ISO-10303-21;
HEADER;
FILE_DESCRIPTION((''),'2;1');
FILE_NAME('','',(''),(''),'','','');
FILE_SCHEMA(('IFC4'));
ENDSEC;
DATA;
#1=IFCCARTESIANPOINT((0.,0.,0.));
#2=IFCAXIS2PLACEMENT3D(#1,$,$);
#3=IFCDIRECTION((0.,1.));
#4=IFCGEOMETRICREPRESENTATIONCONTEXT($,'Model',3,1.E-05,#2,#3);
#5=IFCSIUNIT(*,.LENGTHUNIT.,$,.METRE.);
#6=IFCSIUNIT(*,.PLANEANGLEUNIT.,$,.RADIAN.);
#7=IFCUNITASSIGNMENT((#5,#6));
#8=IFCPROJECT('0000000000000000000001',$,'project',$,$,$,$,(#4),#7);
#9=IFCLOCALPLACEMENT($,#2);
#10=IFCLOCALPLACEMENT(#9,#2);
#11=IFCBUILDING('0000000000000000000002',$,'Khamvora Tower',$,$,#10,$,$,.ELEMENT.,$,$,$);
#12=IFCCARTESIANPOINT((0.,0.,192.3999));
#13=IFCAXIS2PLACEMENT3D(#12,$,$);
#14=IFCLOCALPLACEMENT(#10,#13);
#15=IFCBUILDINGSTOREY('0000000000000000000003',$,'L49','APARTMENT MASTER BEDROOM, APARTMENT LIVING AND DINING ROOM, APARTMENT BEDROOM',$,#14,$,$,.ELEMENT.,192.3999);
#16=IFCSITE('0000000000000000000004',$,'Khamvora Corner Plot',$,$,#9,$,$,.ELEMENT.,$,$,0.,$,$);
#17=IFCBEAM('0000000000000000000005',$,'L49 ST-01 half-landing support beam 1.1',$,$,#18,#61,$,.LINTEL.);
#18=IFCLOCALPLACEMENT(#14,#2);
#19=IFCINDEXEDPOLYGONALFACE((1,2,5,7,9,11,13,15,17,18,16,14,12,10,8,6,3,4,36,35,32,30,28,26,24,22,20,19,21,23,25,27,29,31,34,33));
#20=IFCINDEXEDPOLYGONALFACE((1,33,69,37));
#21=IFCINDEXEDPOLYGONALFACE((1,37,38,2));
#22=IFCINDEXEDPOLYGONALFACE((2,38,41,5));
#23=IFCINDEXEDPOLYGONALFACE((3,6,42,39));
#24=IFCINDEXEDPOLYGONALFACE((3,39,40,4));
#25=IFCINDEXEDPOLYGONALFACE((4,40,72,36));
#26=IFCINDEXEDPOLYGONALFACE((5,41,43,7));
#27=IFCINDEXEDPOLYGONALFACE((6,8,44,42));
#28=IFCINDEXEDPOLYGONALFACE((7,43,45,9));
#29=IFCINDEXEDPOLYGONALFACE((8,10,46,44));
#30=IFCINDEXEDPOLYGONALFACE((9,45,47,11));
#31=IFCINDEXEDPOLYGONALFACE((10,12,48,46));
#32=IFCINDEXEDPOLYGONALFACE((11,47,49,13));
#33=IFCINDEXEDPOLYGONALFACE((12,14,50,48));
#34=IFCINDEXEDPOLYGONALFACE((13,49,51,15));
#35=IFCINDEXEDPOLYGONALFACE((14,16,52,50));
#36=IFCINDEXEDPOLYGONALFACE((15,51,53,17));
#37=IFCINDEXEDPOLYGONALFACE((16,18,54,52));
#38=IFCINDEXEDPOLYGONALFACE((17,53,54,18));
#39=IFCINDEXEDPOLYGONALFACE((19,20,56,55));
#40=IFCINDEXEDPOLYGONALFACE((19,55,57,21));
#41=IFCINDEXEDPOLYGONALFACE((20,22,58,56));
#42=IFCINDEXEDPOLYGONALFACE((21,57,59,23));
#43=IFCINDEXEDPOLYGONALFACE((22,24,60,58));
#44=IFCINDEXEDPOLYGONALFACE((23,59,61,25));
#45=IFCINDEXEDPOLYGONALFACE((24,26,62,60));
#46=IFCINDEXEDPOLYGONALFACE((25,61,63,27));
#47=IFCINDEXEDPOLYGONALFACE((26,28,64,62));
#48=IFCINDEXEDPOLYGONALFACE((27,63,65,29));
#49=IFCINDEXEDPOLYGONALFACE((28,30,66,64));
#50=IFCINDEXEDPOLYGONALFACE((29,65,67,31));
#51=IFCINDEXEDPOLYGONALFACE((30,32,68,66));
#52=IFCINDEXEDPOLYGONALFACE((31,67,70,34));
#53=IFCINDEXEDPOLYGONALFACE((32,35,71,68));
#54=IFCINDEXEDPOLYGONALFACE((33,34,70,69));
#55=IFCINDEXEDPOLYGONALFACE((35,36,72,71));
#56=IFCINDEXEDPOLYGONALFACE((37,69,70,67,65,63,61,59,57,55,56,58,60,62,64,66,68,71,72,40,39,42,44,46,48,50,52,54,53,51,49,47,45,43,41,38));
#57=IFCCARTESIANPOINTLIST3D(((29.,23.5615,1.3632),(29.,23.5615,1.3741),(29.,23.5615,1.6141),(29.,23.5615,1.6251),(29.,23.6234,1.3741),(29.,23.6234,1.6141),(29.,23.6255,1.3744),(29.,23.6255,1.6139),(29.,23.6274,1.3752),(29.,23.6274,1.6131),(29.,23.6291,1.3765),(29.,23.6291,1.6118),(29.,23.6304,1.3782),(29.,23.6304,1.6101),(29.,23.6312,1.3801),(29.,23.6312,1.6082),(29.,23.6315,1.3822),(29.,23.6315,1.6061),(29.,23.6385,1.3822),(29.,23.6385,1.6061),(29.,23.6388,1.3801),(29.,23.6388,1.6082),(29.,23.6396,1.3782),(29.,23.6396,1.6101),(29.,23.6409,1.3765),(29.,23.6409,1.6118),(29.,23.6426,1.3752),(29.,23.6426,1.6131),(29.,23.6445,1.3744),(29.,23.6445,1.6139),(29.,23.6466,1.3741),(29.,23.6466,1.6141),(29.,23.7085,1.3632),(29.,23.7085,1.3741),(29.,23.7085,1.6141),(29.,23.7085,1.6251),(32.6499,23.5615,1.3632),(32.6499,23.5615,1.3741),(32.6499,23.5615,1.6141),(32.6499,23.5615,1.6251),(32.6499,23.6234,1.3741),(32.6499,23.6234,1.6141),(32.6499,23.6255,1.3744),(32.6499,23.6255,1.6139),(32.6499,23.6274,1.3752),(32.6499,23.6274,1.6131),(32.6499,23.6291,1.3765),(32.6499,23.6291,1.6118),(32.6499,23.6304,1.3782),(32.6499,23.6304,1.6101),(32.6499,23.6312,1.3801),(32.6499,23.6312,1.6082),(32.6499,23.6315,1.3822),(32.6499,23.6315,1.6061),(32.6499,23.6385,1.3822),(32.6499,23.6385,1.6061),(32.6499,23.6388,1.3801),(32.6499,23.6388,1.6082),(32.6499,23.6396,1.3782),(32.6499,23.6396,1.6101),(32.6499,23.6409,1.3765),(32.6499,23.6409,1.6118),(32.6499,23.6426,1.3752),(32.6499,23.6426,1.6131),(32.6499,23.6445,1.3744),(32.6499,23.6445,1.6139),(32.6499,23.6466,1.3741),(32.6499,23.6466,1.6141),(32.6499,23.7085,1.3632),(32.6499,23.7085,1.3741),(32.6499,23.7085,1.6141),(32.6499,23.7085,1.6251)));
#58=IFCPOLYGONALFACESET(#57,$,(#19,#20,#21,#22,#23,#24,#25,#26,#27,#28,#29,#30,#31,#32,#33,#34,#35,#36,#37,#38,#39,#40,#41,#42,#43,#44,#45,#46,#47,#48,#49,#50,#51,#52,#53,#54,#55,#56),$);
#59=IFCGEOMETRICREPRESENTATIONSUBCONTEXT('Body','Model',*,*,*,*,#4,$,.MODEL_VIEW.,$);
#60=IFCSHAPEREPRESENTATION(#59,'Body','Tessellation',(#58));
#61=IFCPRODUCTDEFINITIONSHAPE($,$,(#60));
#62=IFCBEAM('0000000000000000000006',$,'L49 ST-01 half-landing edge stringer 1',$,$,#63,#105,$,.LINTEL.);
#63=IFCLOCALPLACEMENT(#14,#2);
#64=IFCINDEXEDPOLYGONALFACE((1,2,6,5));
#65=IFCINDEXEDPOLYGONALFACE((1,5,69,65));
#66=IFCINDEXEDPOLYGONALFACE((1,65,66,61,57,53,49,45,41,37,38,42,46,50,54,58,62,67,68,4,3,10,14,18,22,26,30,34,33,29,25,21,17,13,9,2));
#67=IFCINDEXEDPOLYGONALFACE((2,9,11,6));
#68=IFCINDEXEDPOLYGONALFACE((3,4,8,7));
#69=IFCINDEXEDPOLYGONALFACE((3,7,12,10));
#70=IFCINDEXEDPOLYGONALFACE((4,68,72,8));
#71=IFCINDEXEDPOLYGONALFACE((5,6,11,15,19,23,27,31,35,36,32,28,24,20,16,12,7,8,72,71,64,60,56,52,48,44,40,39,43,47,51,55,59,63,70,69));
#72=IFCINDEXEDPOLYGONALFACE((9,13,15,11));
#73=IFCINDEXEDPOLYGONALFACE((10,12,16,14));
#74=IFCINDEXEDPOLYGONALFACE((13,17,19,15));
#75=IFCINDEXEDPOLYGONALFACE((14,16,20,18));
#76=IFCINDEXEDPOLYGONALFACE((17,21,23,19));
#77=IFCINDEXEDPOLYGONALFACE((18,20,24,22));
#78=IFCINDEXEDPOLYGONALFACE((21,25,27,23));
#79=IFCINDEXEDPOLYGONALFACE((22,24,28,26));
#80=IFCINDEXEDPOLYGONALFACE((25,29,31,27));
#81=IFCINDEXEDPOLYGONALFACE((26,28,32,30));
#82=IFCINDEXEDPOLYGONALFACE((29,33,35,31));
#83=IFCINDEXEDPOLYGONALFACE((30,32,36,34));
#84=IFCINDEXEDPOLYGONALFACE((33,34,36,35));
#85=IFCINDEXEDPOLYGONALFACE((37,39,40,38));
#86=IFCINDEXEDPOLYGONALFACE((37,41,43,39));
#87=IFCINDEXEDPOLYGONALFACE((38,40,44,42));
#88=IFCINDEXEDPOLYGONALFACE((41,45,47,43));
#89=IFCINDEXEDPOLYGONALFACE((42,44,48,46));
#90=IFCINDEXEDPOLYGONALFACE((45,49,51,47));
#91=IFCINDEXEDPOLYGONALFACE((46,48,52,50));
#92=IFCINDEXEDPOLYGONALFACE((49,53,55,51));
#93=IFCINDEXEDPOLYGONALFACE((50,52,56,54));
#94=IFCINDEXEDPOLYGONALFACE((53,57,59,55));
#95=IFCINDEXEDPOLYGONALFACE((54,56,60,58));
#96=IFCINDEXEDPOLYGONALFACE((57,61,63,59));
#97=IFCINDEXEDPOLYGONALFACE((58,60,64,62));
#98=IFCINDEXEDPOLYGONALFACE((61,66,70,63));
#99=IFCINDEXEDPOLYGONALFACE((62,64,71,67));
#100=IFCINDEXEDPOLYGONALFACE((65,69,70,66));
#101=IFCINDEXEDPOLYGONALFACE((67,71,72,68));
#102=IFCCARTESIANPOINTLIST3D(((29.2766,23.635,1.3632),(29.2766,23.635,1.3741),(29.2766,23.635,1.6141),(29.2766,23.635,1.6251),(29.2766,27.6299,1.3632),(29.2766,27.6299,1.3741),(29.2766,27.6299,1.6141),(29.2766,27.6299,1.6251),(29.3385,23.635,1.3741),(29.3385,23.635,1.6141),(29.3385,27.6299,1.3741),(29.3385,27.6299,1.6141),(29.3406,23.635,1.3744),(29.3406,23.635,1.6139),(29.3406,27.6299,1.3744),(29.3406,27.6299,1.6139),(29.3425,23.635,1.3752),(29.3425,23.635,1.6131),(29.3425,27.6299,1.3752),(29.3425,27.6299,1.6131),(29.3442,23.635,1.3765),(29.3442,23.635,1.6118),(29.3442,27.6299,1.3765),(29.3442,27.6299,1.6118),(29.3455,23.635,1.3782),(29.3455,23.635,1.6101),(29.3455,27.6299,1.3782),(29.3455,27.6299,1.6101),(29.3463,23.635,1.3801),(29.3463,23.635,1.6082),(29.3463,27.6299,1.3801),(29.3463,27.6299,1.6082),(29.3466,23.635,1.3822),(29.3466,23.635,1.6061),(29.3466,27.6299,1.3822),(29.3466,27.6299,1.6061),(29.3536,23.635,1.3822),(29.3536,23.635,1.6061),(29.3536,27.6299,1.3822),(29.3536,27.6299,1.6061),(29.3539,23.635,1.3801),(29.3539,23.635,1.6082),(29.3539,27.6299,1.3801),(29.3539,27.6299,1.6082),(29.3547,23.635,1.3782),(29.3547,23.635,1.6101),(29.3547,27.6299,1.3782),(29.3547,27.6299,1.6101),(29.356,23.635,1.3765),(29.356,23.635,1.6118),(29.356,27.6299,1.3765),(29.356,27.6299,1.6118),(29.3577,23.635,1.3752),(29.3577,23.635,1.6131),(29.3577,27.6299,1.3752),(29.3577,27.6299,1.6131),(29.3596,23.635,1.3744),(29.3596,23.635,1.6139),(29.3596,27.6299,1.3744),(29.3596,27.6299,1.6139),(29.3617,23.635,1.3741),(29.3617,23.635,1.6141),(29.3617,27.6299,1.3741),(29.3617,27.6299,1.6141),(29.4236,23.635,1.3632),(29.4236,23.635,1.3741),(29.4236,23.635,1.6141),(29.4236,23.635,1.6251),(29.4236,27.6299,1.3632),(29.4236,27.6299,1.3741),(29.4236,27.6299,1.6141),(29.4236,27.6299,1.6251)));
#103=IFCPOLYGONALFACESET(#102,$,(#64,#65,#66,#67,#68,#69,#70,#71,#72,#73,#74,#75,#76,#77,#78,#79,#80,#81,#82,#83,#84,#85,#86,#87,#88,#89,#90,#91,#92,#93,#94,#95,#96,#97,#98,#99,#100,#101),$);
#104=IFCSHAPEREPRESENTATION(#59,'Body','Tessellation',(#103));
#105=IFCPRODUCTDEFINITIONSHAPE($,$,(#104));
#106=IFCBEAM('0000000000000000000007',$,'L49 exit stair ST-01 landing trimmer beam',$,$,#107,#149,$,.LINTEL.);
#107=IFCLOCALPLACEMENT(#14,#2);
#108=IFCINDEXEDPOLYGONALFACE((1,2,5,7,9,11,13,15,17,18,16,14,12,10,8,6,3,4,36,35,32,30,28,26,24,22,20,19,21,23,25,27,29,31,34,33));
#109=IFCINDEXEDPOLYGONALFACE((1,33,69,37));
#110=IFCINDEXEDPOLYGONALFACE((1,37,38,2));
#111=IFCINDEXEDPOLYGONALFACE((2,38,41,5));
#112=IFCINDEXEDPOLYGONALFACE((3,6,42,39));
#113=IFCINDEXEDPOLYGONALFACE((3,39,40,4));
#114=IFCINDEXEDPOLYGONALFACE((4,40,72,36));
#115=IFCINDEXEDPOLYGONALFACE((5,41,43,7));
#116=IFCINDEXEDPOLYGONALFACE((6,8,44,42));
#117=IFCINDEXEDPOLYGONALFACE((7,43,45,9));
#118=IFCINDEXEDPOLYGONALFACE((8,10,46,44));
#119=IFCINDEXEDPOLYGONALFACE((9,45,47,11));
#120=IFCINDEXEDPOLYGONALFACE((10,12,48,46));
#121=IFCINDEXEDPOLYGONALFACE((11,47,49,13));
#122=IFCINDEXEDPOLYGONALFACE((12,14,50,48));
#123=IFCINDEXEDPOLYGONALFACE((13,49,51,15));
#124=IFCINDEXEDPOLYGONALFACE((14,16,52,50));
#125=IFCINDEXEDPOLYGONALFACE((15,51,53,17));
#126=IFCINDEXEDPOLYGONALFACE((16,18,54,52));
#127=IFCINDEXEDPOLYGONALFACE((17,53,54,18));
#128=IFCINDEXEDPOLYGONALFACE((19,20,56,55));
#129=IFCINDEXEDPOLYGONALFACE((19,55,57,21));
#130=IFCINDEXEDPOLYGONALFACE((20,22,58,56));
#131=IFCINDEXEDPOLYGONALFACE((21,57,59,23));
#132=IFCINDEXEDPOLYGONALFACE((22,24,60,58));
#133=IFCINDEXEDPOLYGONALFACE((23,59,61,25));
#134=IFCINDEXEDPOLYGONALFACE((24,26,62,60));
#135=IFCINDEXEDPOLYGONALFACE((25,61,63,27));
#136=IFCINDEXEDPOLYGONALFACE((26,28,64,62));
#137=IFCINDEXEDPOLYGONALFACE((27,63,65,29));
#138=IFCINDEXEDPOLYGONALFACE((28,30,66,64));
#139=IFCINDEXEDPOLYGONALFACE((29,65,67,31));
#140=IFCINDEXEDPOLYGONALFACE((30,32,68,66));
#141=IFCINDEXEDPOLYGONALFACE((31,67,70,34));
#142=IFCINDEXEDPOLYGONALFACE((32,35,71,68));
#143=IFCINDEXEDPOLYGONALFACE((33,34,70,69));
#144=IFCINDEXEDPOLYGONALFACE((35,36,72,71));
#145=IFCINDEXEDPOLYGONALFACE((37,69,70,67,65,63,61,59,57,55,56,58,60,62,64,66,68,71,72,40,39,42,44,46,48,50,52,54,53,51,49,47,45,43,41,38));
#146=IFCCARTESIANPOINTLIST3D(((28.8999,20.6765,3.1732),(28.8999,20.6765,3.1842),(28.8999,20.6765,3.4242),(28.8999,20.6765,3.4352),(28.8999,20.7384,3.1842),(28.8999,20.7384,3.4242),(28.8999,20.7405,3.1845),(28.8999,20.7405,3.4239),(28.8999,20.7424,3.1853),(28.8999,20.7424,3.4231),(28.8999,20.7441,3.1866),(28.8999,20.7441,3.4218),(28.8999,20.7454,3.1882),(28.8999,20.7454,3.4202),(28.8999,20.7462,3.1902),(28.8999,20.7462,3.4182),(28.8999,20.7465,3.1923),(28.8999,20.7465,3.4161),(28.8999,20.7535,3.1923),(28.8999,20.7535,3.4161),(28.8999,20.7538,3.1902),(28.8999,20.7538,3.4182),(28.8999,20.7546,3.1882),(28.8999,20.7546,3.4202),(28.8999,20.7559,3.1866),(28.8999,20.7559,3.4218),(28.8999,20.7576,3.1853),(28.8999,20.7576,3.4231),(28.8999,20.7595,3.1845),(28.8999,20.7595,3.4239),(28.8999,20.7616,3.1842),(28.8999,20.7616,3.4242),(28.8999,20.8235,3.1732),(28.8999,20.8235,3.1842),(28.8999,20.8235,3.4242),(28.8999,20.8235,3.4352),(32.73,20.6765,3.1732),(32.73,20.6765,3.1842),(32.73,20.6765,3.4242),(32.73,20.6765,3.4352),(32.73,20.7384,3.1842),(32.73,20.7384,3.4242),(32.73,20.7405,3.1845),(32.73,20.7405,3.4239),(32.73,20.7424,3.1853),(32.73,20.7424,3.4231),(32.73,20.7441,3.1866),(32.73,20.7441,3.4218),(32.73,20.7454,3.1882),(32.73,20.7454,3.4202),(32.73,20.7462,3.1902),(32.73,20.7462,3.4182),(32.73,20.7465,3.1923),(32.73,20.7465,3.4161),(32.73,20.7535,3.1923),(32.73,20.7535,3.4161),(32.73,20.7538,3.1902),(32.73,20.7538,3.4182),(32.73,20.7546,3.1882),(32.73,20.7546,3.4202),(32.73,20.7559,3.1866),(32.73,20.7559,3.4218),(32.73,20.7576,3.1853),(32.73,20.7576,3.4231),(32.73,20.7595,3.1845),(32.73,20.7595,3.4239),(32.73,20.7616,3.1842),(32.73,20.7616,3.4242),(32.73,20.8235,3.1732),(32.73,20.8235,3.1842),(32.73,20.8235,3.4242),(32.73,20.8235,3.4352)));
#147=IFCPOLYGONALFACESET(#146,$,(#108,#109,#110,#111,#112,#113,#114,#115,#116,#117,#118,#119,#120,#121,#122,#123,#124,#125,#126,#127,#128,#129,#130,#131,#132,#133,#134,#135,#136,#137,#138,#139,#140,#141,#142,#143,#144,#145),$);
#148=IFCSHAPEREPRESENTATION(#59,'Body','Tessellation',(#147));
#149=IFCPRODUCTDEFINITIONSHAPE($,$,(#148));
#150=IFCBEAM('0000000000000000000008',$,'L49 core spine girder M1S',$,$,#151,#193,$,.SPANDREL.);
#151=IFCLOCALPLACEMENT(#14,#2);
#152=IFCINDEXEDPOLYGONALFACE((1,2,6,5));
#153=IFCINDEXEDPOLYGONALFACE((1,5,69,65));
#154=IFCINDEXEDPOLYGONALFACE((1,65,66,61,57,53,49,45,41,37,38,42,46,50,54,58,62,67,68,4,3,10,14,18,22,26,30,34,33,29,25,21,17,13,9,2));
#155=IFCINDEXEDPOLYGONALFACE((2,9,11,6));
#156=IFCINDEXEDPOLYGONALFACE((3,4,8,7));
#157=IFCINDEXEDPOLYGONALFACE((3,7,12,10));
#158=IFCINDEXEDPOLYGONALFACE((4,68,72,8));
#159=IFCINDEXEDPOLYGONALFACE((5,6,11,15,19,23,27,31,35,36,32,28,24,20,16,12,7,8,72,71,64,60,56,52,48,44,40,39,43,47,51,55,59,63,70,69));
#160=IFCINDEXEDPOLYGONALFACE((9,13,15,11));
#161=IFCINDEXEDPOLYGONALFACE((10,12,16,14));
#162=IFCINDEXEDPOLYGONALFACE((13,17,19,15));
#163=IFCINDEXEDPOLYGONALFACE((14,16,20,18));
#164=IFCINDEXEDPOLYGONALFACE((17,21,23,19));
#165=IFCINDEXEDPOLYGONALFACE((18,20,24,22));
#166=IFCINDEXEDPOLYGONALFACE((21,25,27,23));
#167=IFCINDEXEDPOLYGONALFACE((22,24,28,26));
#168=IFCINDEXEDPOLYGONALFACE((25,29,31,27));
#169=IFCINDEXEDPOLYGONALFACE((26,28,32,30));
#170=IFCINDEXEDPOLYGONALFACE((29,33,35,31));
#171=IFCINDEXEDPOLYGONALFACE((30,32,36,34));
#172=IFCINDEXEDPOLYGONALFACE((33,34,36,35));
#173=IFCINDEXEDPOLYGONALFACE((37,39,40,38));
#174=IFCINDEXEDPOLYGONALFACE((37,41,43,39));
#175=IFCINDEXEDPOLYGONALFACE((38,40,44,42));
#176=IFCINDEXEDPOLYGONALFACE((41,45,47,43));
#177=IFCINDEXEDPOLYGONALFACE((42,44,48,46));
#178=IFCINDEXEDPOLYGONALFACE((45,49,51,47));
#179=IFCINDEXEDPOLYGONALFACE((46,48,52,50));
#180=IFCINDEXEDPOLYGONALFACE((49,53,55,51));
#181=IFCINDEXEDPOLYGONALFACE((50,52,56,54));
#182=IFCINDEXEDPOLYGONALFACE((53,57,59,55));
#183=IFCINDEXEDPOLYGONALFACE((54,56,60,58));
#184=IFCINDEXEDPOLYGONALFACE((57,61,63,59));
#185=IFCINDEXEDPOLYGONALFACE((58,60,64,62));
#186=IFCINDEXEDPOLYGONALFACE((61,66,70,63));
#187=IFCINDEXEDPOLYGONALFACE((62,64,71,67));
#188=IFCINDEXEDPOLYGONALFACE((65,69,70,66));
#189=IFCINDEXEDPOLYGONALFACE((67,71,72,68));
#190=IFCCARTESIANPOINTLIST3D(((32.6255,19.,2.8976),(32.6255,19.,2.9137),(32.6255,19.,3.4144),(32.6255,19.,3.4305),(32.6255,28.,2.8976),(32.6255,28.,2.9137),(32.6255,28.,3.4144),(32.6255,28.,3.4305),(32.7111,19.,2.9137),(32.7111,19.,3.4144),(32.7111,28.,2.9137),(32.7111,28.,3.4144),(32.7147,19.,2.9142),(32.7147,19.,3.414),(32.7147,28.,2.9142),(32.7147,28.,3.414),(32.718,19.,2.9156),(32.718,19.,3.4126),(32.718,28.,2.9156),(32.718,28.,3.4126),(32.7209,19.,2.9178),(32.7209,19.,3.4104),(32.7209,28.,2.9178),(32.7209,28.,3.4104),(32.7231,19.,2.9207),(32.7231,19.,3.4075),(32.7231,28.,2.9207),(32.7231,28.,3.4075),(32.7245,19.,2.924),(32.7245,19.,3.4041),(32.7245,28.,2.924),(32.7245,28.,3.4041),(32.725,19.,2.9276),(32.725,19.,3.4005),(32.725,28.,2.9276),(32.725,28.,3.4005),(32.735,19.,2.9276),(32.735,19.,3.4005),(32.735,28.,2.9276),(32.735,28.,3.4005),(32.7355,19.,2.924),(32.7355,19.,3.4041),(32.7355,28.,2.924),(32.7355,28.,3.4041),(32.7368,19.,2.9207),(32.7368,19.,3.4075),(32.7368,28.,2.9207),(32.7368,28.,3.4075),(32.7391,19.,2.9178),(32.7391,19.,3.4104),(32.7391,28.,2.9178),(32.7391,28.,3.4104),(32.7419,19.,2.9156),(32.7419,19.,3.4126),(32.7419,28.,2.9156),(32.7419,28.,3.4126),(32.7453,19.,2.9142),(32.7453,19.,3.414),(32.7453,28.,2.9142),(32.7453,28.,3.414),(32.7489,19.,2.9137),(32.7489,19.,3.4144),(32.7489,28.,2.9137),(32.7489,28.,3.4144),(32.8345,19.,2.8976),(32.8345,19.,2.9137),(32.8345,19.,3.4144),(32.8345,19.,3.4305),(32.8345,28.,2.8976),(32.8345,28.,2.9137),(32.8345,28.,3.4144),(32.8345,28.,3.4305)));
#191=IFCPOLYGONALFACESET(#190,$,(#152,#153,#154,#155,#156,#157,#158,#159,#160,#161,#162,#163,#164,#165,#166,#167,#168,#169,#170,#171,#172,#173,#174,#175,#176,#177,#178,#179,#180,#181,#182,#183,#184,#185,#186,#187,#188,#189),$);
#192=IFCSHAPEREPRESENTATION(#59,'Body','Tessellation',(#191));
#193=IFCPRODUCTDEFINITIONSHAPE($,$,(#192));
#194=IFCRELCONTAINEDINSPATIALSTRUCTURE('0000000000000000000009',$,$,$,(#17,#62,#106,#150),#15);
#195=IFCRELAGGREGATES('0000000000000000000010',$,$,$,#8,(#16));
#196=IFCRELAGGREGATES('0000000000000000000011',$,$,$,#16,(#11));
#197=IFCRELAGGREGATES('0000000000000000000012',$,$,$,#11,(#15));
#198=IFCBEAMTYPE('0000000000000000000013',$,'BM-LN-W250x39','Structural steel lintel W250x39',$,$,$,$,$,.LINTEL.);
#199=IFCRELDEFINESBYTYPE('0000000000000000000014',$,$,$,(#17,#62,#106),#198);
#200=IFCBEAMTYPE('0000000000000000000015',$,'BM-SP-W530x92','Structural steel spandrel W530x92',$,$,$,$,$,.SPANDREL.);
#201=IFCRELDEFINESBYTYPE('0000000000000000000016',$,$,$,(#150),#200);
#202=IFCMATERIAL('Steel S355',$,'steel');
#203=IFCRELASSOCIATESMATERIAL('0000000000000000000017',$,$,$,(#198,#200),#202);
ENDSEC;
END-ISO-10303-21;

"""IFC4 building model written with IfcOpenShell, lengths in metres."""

from ifc_helpers import new_model, si_unit, direction, frame, origin, origin_2d, place, context, subcontext, project, spatial, i_section, extrude, material, material_profile, profile_set, type_object, element, save


model = new_model("IFC4")

# Units and contexts
model_context = context("Model", 3, precision=1e-05, world=origin(), true_north=direction((0.0, 1.0)))
body_context = subcontext(model_context, "Body", "Model", "MODEL_VIEW")
ifc_project = project(units=[si_unit("LENGTHUNIT", "METRE"), si_unit("PLANEANGLEUNIT", "RADIAN")], contexts=[model_context])

# Site, building, storey
site_placement = place(None, origin())
site = spatial("IfcSite", under=ifc_project, at=site_placement, Name="Khamvora Corner Plot", CompositionType="ELEMENT", RefElevation=0.0)
building_placement = place(site_placement, origin())
building = spatial("IfcBuilding", under=site, at=building_placement, Name="Khamvora Tower", CompositionType="ELEMENT")
storey_placement = place(building_placement, frame((0.0, 0.0, 192.3999)))
storey = spatial("IfcBuildingStorey", under=building, at=storey_placement, Name="L49", Description="APARTMENT MASTER BEDROOM, APARTMENT LIVING AND DINING ROOM, APARTMENT BEDROOM", CompositionType="ELEMENT", Elevation=192.3999)

# Beams
ifc_material_1 = material(Name="Steel S355", Category="steel")
ifc_material_profile_1 = material_profile(ifc_material_1, i_section(OverallWidth=0.147, OverallDepth=0.262, WebThickness=0.0071, FlangeThickness=0.011, FilletRadius=0.0081, at=origin_2d()), Name="W250x39")
ifc_profile_set_1 = profile_set([ifc_material_profile_1], Name="Steel S355")
beam_type_1 = type_object("IfcBeamType", Name="BM-LN-W250x39", Description="Structural steel lintel W250x39", PredefinedType="LINTEL", material=ifc_profile_set_1)
beam_1_placement = place(storey_placement, frame((29.0, 23.635, 1.4941), z_axis=(1.0, 0.0, 0.0), x_axis=(0.0, 1.0, 0.0)))
element("IfcBeam", 1, at=beam_1_placement, inside=storey, type_object=beam_type_1, Name="L49 ST-01 half-landing support beam 1.1", PredefinedType="LINTEL", context=body_context, shape_type="SweptSolid", body=[
    extrude(i_section(OverallWidth=0.147, OverallDepth=0.262, WebThickness=0.0071, FlangeThickness=0.011, FilletRadius=0.0081, at=origin_2d()), origin(), (0.0, 0.0, 1.0), 3.6499),
])
beam_2_placement = place(storey_placement, frame((29.3501, 23.635, 1.4941), z_axis=(0.0, 1.0, 0.0), x_axis=(-1.0, 0.0, 0.0)))
element("IfcBeam", 2, at=beam_2_placement, inside=storey, type_object=beam_type_1, Name="L49 ST-01 half-landing edge stringer 1", PredefinedType="LINTEL", context=body_context, shape_type="SweptSolid", body=[
    extrude(i_section(OverallWidth=0.147, OverallDepth=0.262, WebThickness=0.0071, FlangeThickness=0.011, FilletRadius=0.0081, at=origin_2d()), origin(), (0.0, 0.0, 1.0), 3.9949),
])
beam_3_placement = place(storey_placement, frame((28.8999, 20.75, 3.3042), z_axis=(1.0, 0.0, 0.0), x_axis=(0.0, 1.0, 0.0)))
element("IfcBeam", 3, at=beam_3_placement, inside=storey, type_object=beam_type_1, Name="L49 exit stair ST-01 landing trimmer beam", PredefinedType="LINTEL", context=body_context, shape_type="SweptSolid", body=[
    extrude(i_section(OverallWidth=0.147, OverallDepth=0.262, WebThickness=0.0071, FlangeThickness=0.011, FilletRadius=0.0081, at=origin_2d()), origin(), (0.0, 0.0, 1.0), 3.8301),
])
ifc_material_profile_2 = material_profile(ifc_material_1, i_section(OverallWidth=0.209, OverallDepth=0.533, WebThickness=0.01, FlangeThickness=0.0161, FilletRadius=0.0139, at=origin_2d()), Name="W530x92")
ifc_profile_set_2 = profile_set([ifc_material_profile_2], Name="Steel S355")
beam_type_2 = type_object("IfcBeamType", Name="BM-SP-W530x92", Description="Structural steel spandrel W530x92", PredefinedType="SPANDREL", material=ifc_profile_set_2)
beam_4_placement = place(storey_placement, frame((32.73, 19.0, 3.1641), z_axis=(0.0, 1.0, 0.0), x_axis=(-1.0, 0.0, 0.0)))
element("IfcBeam", 4, at=beam_4_placement, inside=storey, type_object=beam_type_2, Name="L49 core spine girder M1S", PredefinedType="SPANDREL", context=body_context, shape_type="SweptSolid", body=[
    extrude(i_section(OverallWidth=0.209, OverallDepth=0.533, WebThickness=0.01, FlangeThickness=0.0161, FilletRadius=0.0139, at=origin_2d()), origin(), (0.0, 0.0, 1.0), 9.0),
])

save(model, "model.ifc")
